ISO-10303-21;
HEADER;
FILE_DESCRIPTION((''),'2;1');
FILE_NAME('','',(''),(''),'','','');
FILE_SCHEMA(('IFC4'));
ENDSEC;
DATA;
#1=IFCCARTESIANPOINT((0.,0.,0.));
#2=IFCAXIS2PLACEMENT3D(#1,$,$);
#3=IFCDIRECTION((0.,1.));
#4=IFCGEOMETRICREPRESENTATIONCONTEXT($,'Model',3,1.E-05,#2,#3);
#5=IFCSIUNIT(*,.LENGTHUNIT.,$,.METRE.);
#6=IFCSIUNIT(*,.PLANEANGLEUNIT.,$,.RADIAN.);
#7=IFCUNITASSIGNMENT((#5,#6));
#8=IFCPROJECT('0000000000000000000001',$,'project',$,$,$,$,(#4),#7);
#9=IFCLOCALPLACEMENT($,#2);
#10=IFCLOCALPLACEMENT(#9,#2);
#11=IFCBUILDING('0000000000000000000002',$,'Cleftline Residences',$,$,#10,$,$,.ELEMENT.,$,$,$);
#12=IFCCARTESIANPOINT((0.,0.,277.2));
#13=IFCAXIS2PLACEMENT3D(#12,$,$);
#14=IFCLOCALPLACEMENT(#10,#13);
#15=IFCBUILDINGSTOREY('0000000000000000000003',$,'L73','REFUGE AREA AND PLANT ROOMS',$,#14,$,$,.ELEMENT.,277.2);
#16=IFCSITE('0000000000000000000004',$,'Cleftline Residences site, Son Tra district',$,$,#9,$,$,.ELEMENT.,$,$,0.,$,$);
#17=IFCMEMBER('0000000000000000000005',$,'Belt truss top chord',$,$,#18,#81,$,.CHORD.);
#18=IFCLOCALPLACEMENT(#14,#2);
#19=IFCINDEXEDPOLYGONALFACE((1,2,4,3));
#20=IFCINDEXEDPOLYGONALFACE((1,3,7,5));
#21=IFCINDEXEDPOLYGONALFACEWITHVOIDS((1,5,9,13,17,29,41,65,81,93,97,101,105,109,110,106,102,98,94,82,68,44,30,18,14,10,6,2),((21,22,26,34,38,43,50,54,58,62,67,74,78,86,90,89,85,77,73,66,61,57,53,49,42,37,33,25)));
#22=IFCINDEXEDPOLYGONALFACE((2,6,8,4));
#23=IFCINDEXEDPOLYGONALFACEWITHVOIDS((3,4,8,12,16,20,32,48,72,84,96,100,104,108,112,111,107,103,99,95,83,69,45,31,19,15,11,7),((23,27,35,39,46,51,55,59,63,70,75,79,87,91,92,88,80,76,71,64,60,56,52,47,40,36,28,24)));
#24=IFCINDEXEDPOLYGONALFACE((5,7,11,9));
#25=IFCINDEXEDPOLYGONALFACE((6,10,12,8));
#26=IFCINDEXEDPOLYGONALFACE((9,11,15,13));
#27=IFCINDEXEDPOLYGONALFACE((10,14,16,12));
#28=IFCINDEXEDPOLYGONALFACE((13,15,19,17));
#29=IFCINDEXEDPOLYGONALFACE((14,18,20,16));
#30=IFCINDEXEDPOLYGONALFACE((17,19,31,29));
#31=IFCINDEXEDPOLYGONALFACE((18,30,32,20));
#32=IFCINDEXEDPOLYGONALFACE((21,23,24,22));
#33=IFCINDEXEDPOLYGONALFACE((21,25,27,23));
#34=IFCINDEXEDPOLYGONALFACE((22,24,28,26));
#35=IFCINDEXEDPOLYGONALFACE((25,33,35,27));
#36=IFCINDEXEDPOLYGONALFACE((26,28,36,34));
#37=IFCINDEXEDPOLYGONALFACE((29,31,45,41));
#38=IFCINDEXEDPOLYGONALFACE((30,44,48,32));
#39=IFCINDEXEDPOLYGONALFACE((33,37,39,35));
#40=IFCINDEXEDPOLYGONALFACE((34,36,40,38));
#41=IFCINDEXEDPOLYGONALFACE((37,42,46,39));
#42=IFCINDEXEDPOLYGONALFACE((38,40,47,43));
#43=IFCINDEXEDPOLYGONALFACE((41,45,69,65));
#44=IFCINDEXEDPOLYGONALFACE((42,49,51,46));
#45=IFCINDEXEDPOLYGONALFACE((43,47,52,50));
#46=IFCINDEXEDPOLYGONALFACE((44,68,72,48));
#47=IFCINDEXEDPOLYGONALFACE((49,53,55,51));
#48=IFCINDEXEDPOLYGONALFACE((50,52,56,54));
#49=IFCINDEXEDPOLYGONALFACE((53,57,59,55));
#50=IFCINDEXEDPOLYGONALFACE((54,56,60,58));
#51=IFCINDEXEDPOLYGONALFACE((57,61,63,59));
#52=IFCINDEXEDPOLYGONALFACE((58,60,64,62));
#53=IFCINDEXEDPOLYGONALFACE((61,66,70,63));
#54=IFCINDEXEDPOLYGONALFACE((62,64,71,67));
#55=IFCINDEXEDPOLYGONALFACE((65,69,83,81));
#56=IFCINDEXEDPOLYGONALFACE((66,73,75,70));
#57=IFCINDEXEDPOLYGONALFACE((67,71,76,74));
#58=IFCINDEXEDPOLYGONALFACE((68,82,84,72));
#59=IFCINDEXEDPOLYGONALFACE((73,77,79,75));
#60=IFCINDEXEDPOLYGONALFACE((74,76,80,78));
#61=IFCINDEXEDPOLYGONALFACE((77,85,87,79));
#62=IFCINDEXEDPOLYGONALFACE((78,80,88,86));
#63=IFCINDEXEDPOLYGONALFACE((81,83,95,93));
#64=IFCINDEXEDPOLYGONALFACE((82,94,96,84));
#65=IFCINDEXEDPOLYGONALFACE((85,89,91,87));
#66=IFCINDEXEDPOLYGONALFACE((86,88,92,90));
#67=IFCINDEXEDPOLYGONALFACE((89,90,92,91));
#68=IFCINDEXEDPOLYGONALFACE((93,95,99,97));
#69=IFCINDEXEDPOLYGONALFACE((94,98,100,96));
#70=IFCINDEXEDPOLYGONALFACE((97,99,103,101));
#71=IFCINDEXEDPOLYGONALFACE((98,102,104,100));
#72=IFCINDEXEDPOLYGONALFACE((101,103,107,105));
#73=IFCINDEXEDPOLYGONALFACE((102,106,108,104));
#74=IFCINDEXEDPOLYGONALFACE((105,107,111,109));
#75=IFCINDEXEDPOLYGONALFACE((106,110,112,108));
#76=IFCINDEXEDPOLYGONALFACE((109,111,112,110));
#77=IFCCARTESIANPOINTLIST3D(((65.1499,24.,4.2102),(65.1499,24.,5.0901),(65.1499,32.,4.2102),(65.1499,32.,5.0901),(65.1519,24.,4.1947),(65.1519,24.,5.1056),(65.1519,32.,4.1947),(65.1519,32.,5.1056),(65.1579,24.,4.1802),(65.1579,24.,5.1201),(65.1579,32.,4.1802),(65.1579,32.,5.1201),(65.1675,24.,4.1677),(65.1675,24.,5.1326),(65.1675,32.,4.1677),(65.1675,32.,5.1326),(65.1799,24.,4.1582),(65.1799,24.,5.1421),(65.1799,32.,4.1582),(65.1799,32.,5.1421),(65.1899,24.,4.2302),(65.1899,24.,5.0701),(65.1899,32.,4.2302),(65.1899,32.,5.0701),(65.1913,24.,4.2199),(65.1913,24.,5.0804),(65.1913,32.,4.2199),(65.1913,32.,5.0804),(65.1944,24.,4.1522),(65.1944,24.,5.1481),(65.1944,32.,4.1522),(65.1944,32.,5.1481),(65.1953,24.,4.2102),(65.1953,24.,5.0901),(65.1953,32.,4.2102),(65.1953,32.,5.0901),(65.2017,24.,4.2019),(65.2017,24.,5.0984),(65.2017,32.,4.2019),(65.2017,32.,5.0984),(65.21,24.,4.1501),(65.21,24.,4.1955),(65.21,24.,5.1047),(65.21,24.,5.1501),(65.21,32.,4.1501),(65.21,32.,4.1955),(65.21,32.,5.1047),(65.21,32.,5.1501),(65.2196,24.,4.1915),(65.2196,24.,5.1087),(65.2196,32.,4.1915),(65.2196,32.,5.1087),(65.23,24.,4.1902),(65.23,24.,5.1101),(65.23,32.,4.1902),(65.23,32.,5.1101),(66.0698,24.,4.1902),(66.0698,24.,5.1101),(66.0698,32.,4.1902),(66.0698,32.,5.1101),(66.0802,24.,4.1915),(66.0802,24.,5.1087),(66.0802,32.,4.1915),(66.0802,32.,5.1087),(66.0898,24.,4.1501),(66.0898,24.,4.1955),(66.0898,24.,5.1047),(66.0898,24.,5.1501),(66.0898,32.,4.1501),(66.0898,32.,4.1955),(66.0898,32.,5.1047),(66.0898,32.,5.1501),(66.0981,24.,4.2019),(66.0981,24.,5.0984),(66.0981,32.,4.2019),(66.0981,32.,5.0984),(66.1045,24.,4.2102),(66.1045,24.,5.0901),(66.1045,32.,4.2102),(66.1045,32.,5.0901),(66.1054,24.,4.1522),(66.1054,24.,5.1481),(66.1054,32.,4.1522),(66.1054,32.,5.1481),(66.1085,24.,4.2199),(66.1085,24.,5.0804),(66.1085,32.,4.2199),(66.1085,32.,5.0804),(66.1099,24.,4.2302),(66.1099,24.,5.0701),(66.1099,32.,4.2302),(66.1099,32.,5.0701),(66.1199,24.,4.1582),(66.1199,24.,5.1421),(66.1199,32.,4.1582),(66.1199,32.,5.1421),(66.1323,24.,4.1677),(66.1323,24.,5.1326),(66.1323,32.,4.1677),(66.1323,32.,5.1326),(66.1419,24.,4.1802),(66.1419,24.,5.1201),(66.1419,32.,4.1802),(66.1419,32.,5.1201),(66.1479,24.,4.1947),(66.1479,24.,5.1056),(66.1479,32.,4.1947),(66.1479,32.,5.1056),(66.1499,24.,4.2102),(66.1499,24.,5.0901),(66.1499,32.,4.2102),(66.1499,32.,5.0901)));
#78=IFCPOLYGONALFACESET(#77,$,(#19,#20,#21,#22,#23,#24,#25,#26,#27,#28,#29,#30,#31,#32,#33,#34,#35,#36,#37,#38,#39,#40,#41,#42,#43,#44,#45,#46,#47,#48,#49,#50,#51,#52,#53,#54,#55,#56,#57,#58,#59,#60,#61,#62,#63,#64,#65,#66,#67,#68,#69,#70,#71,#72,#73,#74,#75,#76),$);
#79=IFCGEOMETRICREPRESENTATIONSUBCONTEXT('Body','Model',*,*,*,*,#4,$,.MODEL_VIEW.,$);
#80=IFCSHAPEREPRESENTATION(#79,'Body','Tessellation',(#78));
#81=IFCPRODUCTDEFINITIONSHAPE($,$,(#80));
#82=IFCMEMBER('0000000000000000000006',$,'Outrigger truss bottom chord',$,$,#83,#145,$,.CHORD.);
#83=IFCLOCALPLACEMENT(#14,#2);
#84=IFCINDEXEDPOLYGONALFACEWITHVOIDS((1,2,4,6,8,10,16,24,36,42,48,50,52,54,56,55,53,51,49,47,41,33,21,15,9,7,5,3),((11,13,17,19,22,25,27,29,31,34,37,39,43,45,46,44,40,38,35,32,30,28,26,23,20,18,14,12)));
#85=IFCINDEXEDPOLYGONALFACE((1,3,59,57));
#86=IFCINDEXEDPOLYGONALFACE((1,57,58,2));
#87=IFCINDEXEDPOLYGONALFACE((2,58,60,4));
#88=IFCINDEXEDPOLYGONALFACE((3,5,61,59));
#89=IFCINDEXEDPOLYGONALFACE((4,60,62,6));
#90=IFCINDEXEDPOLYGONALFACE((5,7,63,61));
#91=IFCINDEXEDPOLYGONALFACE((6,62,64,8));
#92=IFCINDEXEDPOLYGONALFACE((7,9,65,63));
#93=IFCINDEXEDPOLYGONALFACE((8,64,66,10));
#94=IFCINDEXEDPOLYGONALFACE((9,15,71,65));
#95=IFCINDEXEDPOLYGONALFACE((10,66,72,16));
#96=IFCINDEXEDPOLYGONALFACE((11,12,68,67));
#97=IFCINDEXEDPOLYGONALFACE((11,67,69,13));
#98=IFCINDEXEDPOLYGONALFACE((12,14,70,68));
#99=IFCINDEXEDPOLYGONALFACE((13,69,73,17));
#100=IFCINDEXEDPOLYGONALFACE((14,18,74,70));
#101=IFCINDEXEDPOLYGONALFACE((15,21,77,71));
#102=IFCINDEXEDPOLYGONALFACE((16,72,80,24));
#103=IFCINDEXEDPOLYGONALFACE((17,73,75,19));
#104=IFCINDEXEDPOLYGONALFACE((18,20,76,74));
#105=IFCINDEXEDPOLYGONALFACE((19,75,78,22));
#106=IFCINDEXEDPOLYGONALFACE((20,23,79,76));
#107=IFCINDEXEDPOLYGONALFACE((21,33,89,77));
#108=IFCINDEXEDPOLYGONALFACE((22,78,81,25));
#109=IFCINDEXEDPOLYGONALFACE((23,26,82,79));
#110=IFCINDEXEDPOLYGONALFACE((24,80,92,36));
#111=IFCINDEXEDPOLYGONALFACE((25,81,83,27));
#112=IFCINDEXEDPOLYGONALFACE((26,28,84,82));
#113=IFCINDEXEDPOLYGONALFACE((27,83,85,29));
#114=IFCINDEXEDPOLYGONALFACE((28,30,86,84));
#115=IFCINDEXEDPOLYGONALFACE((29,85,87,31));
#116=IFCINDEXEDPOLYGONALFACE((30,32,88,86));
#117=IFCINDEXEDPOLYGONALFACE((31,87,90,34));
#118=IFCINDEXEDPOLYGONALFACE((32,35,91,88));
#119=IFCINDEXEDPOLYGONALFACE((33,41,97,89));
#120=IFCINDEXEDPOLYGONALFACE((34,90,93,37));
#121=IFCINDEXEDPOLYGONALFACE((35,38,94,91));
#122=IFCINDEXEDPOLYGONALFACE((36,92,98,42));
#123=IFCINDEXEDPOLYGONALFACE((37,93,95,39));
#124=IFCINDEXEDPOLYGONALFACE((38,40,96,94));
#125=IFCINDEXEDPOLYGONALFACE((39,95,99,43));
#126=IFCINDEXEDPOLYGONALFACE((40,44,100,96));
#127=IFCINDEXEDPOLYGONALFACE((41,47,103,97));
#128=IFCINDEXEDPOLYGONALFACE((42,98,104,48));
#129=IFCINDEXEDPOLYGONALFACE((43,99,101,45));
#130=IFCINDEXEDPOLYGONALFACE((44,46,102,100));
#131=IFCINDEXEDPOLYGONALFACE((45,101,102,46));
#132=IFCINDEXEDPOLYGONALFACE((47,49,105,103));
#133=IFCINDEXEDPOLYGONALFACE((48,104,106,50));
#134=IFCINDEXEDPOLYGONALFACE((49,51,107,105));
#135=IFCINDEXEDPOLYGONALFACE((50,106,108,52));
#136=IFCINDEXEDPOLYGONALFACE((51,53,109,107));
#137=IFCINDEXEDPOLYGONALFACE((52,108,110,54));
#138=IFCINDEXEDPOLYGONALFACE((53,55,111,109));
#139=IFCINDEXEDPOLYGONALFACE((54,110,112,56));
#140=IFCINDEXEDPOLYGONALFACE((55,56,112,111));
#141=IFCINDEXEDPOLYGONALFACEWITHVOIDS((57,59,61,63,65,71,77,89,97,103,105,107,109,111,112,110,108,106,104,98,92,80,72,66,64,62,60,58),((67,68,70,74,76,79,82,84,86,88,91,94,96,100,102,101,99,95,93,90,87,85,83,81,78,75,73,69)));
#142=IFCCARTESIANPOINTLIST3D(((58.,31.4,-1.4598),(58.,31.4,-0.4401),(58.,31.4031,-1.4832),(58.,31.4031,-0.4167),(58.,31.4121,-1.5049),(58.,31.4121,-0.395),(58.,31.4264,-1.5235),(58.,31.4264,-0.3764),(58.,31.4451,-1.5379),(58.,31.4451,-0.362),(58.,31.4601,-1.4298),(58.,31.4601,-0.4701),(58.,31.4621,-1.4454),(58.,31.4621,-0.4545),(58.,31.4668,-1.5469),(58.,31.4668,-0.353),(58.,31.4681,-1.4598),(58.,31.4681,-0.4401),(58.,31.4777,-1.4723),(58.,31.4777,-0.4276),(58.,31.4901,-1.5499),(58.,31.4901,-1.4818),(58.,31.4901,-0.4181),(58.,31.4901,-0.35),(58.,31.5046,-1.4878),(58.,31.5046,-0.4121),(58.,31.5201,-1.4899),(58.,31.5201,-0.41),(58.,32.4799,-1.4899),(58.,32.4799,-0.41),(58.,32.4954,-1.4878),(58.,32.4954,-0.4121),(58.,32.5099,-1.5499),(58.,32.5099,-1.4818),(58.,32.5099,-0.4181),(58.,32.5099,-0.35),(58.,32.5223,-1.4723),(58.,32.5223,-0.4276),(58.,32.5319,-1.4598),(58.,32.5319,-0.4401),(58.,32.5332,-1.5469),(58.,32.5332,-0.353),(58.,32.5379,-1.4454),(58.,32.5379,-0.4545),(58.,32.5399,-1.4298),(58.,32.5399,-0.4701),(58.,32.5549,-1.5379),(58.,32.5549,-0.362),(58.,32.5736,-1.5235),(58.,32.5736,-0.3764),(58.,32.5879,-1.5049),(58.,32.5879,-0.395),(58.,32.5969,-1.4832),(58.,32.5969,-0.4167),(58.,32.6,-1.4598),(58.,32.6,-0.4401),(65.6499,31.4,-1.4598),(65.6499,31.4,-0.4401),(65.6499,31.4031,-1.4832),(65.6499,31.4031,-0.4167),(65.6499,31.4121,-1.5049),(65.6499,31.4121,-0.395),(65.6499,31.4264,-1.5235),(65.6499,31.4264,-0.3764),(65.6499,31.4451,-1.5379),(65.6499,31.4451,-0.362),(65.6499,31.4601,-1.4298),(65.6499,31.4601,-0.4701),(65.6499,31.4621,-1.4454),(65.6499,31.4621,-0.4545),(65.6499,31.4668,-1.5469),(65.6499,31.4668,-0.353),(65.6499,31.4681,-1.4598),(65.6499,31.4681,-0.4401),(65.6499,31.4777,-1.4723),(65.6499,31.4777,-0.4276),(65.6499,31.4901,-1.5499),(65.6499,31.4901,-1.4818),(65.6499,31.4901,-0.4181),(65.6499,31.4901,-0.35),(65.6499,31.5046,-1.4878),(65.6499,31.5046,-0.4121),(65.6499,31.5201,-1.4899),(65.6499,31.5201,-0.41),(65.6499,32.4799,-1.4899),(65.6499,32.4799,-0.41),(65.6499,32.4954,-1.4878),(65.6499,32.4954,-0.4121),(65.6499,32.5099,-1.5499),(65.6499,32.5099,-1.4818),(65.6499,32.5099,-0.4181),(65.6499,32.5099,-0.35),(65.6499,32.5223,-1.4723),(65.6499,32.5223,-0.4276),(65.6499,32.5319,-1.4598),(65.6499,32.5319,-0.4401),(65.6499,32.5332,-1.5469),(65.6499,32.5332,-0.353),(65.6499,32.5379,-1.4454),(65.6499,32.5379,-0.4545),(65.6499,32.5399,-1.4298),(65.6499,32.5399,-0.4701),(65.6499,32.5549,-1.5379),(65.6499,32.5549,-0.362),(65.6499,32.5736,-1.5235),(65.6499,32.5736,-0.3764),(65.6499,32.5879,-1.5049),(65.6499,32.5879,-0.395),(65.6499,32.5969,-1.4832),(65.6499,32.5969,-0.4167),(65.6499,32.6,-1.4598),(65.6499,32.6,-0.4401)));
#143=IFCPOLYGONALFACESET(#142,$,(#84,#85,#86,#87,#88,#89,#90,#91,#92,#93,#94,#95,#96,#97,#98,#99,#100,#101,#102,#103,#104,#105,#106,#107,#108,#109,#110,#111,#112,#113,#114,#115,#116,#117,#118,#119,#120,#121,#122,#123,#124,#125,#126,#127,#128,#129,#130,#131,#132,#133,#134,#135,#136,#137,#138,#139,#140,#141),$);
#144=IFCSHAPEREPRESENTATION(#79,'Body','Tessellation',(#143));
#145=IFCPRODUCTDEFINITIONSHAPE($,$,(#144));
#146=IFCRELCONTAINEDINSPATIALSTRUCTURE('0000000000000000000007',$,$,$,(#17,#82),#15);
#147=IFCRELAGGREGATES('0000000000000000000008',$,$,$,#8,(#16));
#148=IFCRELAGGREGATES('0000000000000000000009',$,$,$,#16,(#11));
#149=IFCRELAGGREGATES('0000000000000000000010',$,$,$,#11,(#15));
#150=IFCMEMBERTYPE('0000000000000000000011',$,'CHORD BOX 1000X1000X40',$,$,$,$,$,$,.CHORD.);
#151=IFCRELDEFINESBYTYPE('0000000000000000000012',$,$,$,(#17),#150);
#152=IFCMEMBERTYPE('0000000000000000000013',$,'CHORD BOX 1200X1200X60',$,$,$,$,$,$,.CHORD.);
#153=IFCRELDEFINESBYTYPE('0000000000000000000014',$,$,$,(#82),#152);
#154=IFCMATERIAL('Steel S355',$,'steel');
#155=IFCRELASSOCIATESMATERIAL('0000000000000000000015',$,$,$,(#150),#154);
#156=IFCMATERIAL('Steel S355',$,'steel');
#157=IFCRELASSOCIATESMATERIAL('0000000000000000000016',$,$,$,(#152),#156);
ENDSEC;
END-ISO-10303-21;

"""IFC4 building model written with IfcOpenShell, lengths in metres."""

from ifc_helpers import new_model, si_unit, direction, frame, origin, origin_2d, place, context, subcontext, project, spatial, hollow_rectangle, extrude, material, material_profile, profile_set, type_object, element, save


model = new_model("IFC4")

# Units and contexts
model_context = context("Model", 3, precision=1e-05, world=origin(), true_north=direction((0.0, 1.0)))
body_context = subcontext(model_context, "Body", "Model", "MODEL_VIEW")
ifc_project = project(units=[si_unit("LENGTHUNIT", "METRE"), si_unit("PLANEANGLEUNIT", "RADIAN")], contexts=[model_context])

# Site, building, storey
site_placement = place(None, origin())
site = spatial("IfcSite", under=ifc_project, at=site_placement, Name="Cleftline Residences site, Son Tra district", CompositionType="ELEMENT", RefElevation=0.0)
building_placement = place(site_placement, origin())
building = spatial("IfcBuilding", under=site, at=building_placement, Name="Cleftline Residences", CompositionType="ELEMENT")
storey_placement = place(building_placement, frame((0.0, 0.0, 277.2)))
storey = spatial("IfcBuildingStorey", under=building, at=storey_placement, Name="L73", Description="REFUGE AREA AND PLANT ROOMS", CompositionType="ELEMENT", Elevation=277.2)

# Members
ifc_material_1 = material(Name="Steel S355", Category="steel")
ifc_material_profile_1 = material_profile(ifc_material_1, hollow_rectangle(XDim=1.0, YDim=1.0, WallThickness=0.04, InnerFilletRadius=0.04, OuterFilletRadius=0.0601, at=origin_2d()))
ifc_profile_set_1 = profile_set([ifc_material_profile_1], Name="Steel S355")
member_type_1 = type_object("IfcMemberType", Name="CHORD BOX 1000X1000X40", PredefinedType="CHORD", material=ifc_profile_set_1)
for number, where, z_axis, x_axis, name in (
    (1, (65.6499, 24.0, 4.6501), (0.0, 1.0, 0.0), (-1.0, 0.0, 0.0), "Belt truss top chord"),
):
    element("IfcMember", number, at=place(storey_placement, frame(where, z_axis=z_axis, x_axis=x_axis)), inside=storey, type_object=member_type_1, Name=name, PredefinedType="CHORD", context=body_context, shape_type="SweptSolid", body=[
        extrude(hollow_rectangle(XDim=1.0, YDim=1.0, WallThickness=0.04, InnerFilletRadius=0.04, OuterFilletRadius=0.0601, at=origin_2d()), origin(), (0.0, 0.0, 1.0), 8.0),
    ])
ifc_material_2 = material(Name="Steel S355", Category="steel")
ifc_material_profile_2 = material_profile(ifc_material_2, hollow_rectangle(XDim=1.2, YDim=1.2, WallThickness=0.0601, InnerFilletRadius=0.0601, OuterFilletRadius=0.0901, at=origin_2d()))
ifc_profile_set_2 = profile_set([ifc_material_profile_2], Name="Steel S355")
member_type_2 = type_object("IfcMemberType", Name="CHORD BOX 1200X1200X60", PredefinedType="CHORD", material=ifc_profile_set_2)
for number, where, z_axis, x_axis, name in (
    (2, (58.0, 32.0, -0.95), (1.0, 0.0, 0.0), (0.0, 1.0, 0.0), "Outrigger truss bottom chord"),
):
    element("IfcMember", number, at=place(storey_placement, frame(where, z_axis=z_axis, x_axis=x_axis)), inside=storey, type_object=member_type_2, Name=name, PredefinedType="CHORD", context=body_context, shape_type="SweptSolid", body=[
        extrude(hollow_rectangle(XDim=1.2, YDim=1.2, WallThickness=0.0601, InnerFilletRadius=0.0601, OuterFilletRadius=0.0901, at=origin_2d()), origin(), (0.0, 0.0, 1.0), 7.6499),
    ])

save(model, "model.ifc")
